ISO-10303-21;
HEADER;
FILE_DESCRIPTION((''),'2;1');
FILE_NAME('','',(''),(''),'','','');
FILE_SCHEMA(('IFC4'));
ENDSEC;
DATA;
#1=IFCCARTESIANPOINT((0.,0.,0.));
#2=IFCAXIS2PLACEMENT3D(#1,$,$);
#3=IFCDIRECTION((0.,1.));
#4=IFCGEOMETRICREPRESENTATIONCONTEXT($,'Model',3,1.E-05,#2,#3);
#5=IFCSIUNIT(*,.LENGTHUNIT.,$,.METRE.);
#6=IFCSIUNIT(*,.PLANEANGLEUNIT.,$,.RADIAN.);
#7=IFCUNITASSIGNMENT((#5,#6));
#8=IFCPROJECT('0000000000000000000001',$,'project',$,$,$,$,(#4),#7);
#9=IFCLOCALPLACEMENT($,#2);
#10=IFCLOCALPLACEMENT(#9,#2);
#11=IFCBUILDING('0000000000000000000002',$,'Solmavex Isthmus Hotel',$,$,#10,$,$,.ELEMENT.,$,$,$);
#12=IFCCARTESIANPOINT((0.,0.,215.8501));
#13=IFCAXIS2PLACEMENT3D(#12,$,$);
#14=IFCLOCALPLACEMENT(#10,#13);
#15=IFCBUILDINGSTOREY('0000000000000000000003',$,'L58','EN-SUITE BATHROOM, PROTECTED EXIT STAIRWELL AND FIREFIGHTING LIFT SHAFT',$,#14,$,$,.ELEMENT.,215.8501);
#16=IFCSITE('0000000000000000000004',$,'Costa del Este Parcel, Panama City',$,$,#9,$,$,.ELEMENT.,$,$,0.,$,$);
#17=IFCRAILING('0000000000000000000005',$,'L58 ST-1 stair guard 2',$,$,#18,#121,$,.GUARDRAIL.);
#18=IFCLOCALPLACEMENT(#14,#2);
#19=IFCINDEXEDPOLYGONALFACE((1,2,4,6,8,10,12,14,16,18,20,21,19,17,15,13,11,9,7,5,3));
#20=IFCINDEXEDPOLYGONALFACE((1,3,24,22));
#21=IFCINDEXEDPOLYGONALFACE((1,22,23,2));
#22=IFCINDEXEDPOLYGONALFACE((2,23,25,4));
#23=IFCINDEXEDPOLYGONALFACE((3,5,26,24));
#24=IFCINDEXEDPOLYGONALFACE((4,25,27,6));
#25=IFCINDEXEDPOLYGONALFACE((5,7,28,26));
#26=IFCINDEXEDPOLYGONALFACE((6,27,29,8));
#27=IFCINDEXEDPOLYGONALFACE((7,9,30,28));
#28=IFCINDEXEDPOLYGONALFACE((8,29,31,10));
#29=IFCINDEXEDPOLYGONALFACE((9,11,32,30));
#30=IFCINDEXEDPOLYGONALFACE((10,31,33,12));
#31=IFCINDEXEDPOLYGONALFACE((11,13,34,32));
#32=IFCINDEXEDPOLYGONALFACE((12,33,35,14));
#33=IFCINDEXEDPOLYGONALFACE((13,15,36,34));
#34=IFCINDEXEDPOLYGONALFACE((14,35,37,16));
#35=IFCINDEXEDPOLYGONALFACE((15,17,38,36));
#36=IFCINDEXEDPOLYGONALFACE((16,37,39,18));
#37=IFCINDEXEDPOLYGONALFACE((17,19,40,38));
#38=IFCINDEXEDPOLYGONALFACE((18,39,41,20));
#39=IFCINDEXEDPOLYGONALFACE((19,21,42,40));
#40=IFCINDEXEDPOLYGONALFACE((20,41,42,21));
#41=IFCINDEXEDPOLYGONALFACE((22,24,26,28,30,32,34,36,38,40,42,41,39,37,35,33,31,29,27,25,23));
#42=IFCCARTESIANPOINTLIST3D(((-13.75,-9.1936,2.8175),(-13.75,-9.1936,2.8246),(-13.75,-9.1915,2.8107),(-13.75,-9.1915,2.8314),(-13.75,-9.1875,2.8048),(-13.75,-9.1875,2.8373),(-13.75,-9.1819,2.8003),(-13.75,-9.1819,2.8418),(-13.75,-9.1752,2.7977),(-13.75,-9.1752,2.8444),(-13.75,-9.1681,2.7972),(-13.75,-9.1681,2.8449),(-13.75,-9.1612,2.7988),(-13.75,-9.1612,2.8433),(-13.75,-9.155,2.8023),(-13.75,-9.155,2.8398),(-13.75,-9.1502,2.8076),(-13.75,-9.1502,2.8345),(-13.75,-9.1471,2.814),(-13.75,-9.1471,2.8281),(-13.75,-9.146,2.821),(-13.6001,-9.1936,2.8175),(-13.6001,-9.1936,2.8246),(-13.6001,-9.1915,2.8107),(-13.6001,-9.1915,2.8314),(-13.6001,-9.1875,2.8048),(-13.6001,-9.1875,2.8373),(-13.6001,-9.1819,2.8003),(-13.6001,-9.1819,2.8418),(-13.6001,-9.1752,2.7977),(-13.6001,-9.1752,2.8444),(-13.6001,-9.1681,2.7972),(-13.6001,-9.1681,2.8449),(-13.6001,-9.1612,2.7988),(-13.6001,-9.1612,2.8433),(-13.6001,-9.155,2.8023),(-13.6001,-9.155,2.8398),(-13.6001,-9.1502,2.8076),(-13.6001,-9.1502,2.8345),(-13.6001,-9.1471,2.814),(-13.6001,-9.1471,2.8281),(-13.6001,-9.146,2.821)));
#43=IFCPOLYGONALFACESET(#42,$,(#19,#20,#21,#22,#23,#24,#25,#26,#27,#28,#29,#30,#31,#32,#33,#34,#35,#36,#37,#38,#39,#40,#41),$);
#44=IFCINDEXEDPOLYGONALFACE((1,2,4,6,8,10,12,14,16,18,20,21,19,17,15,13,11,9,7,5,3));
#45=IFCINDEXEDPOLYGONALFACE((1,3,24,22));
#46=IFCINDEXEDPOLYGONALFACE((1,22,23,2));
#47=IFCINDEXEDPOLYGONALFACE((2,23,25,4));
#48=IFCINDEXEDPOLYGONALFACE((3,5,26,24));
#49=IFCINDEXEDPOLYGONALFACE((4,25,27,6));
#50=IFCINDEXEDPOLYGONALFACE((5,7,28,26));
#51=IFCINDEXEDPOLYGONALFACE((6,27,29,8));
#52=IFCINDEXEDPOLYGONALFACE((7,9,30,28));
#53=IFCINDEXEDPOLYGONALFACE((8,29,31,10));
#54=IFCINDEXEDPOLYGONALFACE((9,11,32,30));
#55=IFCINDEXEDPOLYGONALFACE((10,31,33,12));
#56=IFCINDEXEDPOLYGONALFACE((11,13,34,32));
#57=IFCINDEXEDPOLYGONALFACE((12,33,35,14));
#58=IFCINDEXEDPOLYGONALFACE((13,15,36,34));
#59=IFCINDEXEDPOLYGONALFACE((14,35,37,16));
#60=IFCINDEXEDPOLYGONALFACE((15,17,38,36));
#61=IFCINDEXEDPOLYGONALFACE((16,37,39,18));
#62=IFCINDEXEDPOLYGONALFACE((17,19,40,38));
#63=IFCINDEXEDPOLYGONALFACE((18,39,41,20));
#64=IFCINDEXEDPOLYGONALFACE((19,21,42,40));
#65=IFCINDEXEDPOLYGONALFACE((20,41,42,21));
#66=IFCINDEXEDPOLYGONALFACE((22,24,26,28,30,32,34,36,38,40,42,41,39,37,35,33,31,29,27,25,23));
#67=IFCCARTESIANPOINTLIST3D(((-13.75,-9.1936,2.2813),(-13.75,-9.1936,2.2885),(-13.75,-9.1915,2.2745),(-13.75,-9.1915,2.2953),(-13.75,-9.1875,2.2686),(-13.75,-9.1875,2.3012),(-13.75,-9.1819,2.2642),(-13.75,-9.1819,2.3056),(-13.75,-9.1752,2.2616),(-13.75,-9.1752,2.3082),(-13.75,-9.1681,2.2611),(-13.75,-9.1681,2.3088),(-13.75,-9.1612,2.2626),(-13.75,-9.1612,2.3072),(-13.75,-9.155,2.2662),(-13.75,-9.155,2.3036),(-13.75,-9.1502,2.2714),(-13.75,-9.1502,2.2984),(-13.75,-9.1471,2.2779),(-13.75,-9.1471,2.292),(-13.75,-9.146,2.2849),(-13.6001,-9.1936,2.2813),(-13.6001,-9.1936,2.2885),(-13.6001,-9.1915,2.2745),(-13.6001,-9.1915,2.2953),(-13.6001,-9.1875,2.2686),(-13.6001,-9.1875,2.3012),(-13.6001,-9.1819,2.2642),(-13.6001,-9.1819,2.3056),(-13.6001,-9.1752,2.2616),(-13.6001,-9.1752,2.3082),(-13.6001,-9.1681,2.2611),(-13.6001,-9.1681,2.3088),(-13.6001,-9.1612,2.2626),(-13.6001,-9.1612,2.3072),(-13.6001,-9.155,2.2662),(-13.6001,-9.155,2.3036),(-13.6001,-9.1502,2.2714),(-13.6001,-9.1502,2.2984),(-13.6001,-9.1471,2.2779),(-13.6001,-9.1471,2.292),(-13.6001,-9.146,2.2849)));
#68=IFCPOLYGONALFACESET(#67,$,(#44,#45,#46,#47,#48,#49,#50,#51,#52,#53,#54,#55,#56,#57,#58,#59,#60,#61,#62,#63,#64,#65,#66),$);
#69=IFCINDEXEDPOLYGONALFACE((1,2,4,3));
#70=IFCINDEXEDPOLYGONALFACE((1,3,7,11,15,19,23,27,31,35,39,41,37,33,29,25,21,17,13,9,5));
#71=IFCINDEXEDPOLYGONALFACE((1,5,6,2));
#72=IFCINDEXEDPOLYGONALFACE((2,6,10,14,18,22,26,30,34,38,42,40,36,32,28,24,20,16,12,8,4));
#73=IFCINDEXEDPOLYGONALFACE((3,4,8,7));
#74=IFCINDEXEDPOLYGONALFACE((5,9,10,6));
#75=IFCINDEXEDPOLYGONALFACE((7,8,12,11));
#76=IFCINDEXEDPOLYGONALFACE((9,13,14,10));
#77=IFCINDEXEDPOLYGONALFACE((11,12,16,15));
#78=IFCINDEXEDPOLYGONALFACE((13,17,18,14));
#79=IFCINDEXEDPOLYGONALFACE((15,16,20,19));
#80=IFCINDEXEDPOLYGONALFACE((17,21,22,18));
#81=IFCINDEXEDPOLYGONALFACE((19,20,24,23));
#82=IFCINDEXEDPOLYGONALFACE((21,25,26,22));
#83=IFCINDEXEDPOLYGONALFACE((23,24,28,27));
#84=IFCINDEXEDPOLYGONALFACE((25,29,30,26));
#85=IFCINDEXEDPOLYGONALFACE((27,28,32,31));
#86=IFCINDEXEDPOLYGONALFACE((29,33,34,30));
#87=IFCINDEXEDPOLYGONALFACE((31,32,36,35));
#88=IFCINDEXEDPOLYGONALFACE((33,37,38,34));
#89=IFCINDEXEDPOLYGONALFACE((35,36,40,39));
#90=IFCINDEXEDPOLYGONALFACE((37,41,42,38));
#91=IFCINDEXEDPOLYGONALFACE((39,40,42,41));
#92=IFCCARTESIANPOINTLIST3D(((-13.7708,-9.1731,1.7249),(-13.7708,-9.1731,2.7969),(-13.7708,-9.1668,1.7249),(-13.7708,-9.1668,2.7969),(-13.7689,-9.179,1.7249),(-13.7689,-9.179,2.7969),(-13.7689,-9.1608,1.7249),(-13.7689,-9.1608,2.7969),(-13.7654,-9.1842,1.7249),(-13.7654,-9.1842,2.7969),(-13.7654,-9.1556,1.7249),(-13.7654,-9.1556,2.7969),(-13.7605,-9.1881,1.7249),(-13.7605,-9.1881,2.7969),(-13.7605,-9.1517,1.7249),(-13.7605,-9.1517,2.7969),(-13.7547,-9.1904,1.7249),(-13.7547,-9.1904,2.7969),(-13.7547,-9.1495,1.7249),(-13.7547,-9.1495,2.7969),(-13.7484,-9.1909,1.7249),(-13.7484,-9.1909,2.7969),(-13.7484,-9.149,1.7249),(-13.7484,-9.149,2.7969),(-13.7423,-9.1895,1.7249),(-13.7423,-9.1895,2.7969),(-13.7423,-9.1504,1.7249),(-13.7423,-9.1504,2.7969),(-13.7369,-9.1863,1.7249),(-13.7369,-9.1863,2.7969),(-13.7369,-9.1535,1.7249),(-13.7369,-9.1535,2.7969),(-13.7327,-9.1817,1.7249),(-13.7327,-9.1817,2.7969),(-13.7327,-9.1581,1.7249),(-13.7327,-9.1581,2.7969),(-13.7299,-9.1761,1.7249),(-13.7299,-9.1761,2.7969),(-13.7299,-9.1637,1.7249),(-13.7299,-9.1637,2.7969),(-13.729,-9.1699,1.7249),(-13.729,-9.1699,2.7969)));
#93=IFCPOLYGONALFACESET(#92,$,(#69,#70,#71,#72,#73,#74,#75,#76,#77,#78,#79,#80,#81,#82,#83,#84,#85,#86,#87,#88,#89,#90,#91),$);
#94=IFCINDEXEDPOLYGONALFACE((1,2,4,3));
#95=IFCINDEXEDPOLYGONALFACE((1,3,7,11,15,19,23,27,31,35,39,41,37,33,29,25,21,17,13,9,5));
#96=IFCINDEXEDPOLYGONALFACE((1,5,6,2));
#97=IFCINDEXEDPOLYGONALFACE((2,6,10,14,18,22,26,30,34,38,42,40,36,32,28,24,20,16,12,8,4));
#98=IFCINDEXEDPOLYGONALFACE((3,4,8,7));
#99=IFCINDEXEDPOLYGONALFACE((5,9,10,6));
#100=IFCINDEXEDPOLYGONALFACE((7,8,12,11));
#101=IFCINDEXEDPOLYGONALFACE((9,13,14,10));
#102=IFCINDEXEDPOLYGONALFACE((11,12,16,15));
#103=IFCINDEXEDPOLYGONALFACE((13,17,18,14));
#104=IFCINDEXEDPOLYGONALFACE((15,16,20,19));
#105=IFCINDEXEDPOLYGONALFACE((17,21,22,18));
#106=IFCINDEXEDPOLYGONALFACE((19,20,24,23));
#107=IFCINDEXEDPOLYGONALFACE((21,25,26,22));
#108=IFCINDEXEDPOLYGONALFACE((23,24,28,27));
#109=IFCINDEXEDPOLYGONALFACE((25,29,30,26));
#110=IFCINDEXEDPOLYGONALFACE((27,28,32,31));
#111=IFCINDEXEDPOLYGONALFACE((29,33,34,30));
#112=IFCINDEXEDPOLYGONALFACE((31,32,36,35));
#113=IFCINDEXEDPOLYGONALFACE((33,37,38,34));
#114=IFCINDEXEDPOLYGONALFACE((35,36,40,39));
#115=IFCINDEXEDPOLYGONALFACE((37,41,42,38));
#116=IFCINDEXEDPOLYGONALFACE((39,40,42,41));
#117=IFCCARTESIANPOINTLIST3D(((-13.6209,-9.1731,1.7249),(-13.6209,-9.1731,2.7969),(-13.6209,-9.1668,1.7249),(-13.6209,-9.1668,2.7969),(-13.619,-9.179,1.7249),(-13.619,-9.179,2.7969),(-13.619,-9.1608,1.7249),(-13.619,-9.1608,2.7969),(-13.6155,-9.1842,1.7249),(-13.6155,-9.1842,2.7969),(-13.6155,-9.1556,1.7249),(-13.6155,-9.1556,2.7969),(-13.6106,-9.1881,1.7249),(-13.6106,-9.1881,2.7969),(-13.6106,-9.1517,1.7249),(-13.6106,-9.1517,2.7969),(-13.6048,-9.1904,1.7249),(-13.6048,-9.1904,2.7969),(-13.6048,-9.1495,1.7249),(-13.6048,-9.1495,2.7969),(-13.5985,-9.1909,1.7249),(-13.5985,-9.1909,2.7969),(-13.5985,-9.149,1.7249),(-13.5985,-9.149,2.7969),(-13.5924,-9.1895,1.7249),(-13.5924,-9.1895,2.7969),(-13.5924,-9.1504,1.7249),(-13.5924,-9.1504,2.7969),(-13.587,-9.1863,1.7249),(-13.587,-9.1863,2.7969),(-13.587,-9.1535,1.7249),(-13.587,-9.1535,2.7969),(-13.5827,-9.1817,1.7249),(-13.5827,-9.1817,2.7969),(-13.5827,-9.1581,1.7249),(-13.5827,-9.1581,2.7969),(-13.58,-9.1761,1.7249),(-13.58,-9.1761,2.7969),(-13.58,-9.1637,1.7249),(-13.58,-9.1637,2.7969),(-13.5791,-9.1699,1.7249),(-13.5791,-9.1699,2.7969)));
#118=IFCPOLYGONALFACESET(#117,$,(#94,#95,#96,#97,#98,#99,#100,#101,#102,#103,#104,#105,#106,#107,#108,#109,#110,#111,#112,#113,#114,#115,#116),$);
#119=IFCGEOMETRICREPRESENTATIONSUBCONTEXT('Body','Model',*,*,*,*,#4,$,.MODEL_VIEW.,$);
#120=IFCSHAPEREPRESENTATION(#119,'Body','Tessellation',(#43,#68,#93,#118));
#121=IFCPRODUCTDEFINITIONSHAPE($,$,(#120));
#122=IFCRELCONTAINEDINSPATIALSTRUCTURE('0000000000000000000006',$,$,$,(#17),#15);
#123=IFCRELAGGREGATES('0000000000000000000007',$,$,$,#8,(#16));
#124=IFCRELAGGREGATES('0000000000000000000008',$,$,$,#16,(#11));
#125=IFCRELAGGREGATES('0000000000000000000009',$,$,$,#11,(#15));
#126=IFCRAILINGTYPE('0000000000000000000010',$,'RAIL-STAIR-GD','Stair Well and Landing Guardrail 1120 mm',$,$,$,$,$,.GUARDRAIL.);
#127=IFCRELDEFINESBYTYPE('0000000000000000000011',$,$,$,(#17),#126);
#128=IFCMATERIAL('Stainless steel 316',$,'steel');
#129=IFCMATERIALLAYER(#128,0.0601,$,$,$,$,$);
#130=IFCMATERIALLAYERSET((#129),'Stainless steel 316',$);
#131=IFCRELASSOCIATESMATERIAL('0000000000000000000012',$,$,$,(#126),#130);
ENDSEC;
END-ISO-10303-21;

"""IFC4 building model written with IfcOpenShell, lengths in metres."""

from ifc_helpers import new_model, si_unit, direction, frame, origin, origin_2d, place, context, subcontext, project, spatial, circle, extrude, material, layer, layer_set, type_object, element, save


model = new_model("IFC4")

# Units and contexts
model_context = context("Model", 3, precision=1e-05, world=origin(), true_north=direction((0.0, 1.0)))
body_context = subcontext(model_context, "Body", "Model", "MODEL_VIEW")
ifc_project = project(units=[si_unit("LENGTHUNIT", "METRE"), si_unit("PLANEANGLEUNIT", "RADIAN")], contexts=[model_context])

# Site, building, storey
site_placement = place(None, origin())
site = spatial("IfcSite", under=ifc_project, at=site_placement, Name="Costa del Este Parcel, Panama City", CompositionType="ELEMENT", RefElevation=0.0)
building_placement = place(site_placement, origin())
building = spatial("IfcBuilding", under=site, at=building_placement, Name="Solmavex Isthmus Hotel", CompositionType="ELEMENT")
storey_placement = place(building_placement, frame((0.0, 0.0, 215.8501)))
storey = spatial("IfcBuildingStorey", under=building, at=storey_placement, Name="L58", Description="EN-SUITE BATHROOM, PROTECTED EXIT STAIRWELL AND FIREFIGHTING LIFT SHAFT", CompositionType="ELEMENT", Elevation=215.8501)

# Railing
ifc_material_1 = material(Name="Stainless steel 316", Category="steel")
ifc_layer_1 = layer(ifc_material_1, 0.0601)
ifc_layer_set_1 = layer_set([ifc_layer_1], Name="Stainless steel 316")
railing_type = type_object("IfcRailingType", Name="RAIL-STAIR-GD", Description="Stair Well and Landing Guardrail 1120 mm", PredefinedType="GUARDRAIL", material=ifc_layer_set_1)
railing_placement = place(storey_placement, frame((-13.75, -9.1699, 1.7249)))
element("IfcRailing", 1, at=railing_placement, inside=storey, type_object=railing_type, Name="L58 ST-1 stair guard 2", PredefinedType="GUARDRAIL", context=body_context, shape_type="SweptSolid", body=[
    extrude(circle(Radius=0.0239, at=origin_2d()), frame((0.0, 0.0, 1.0962), z_axis=(1.0, 0.0, 0.0), x_axis=(0.0, 1.0, 0.0)), (0.0, 0.0, 1.0), 0.1499),
    extrude(circle(Radius=0.0239, at=origin_2d()), frame((0.0, 0.0, 0.5601), z_axis=(1.0, 0.0, 0.0), x_axis=(0.0, 1.0, 0.0)), (0.0, 0.0, 1.0), 0.1499),
    extrude(circle(Radius=0.021, at=origin_2d()), origin(), (0.0, 0.0, 1.0), 1.072),
    extrude(circle(Radius=0.021, at=origin_2d()), frame((0.1499, 0.0, 0.0)), (0.0, 0.0, 1.0), 1.072),
])

save(model, "model.ifc")
